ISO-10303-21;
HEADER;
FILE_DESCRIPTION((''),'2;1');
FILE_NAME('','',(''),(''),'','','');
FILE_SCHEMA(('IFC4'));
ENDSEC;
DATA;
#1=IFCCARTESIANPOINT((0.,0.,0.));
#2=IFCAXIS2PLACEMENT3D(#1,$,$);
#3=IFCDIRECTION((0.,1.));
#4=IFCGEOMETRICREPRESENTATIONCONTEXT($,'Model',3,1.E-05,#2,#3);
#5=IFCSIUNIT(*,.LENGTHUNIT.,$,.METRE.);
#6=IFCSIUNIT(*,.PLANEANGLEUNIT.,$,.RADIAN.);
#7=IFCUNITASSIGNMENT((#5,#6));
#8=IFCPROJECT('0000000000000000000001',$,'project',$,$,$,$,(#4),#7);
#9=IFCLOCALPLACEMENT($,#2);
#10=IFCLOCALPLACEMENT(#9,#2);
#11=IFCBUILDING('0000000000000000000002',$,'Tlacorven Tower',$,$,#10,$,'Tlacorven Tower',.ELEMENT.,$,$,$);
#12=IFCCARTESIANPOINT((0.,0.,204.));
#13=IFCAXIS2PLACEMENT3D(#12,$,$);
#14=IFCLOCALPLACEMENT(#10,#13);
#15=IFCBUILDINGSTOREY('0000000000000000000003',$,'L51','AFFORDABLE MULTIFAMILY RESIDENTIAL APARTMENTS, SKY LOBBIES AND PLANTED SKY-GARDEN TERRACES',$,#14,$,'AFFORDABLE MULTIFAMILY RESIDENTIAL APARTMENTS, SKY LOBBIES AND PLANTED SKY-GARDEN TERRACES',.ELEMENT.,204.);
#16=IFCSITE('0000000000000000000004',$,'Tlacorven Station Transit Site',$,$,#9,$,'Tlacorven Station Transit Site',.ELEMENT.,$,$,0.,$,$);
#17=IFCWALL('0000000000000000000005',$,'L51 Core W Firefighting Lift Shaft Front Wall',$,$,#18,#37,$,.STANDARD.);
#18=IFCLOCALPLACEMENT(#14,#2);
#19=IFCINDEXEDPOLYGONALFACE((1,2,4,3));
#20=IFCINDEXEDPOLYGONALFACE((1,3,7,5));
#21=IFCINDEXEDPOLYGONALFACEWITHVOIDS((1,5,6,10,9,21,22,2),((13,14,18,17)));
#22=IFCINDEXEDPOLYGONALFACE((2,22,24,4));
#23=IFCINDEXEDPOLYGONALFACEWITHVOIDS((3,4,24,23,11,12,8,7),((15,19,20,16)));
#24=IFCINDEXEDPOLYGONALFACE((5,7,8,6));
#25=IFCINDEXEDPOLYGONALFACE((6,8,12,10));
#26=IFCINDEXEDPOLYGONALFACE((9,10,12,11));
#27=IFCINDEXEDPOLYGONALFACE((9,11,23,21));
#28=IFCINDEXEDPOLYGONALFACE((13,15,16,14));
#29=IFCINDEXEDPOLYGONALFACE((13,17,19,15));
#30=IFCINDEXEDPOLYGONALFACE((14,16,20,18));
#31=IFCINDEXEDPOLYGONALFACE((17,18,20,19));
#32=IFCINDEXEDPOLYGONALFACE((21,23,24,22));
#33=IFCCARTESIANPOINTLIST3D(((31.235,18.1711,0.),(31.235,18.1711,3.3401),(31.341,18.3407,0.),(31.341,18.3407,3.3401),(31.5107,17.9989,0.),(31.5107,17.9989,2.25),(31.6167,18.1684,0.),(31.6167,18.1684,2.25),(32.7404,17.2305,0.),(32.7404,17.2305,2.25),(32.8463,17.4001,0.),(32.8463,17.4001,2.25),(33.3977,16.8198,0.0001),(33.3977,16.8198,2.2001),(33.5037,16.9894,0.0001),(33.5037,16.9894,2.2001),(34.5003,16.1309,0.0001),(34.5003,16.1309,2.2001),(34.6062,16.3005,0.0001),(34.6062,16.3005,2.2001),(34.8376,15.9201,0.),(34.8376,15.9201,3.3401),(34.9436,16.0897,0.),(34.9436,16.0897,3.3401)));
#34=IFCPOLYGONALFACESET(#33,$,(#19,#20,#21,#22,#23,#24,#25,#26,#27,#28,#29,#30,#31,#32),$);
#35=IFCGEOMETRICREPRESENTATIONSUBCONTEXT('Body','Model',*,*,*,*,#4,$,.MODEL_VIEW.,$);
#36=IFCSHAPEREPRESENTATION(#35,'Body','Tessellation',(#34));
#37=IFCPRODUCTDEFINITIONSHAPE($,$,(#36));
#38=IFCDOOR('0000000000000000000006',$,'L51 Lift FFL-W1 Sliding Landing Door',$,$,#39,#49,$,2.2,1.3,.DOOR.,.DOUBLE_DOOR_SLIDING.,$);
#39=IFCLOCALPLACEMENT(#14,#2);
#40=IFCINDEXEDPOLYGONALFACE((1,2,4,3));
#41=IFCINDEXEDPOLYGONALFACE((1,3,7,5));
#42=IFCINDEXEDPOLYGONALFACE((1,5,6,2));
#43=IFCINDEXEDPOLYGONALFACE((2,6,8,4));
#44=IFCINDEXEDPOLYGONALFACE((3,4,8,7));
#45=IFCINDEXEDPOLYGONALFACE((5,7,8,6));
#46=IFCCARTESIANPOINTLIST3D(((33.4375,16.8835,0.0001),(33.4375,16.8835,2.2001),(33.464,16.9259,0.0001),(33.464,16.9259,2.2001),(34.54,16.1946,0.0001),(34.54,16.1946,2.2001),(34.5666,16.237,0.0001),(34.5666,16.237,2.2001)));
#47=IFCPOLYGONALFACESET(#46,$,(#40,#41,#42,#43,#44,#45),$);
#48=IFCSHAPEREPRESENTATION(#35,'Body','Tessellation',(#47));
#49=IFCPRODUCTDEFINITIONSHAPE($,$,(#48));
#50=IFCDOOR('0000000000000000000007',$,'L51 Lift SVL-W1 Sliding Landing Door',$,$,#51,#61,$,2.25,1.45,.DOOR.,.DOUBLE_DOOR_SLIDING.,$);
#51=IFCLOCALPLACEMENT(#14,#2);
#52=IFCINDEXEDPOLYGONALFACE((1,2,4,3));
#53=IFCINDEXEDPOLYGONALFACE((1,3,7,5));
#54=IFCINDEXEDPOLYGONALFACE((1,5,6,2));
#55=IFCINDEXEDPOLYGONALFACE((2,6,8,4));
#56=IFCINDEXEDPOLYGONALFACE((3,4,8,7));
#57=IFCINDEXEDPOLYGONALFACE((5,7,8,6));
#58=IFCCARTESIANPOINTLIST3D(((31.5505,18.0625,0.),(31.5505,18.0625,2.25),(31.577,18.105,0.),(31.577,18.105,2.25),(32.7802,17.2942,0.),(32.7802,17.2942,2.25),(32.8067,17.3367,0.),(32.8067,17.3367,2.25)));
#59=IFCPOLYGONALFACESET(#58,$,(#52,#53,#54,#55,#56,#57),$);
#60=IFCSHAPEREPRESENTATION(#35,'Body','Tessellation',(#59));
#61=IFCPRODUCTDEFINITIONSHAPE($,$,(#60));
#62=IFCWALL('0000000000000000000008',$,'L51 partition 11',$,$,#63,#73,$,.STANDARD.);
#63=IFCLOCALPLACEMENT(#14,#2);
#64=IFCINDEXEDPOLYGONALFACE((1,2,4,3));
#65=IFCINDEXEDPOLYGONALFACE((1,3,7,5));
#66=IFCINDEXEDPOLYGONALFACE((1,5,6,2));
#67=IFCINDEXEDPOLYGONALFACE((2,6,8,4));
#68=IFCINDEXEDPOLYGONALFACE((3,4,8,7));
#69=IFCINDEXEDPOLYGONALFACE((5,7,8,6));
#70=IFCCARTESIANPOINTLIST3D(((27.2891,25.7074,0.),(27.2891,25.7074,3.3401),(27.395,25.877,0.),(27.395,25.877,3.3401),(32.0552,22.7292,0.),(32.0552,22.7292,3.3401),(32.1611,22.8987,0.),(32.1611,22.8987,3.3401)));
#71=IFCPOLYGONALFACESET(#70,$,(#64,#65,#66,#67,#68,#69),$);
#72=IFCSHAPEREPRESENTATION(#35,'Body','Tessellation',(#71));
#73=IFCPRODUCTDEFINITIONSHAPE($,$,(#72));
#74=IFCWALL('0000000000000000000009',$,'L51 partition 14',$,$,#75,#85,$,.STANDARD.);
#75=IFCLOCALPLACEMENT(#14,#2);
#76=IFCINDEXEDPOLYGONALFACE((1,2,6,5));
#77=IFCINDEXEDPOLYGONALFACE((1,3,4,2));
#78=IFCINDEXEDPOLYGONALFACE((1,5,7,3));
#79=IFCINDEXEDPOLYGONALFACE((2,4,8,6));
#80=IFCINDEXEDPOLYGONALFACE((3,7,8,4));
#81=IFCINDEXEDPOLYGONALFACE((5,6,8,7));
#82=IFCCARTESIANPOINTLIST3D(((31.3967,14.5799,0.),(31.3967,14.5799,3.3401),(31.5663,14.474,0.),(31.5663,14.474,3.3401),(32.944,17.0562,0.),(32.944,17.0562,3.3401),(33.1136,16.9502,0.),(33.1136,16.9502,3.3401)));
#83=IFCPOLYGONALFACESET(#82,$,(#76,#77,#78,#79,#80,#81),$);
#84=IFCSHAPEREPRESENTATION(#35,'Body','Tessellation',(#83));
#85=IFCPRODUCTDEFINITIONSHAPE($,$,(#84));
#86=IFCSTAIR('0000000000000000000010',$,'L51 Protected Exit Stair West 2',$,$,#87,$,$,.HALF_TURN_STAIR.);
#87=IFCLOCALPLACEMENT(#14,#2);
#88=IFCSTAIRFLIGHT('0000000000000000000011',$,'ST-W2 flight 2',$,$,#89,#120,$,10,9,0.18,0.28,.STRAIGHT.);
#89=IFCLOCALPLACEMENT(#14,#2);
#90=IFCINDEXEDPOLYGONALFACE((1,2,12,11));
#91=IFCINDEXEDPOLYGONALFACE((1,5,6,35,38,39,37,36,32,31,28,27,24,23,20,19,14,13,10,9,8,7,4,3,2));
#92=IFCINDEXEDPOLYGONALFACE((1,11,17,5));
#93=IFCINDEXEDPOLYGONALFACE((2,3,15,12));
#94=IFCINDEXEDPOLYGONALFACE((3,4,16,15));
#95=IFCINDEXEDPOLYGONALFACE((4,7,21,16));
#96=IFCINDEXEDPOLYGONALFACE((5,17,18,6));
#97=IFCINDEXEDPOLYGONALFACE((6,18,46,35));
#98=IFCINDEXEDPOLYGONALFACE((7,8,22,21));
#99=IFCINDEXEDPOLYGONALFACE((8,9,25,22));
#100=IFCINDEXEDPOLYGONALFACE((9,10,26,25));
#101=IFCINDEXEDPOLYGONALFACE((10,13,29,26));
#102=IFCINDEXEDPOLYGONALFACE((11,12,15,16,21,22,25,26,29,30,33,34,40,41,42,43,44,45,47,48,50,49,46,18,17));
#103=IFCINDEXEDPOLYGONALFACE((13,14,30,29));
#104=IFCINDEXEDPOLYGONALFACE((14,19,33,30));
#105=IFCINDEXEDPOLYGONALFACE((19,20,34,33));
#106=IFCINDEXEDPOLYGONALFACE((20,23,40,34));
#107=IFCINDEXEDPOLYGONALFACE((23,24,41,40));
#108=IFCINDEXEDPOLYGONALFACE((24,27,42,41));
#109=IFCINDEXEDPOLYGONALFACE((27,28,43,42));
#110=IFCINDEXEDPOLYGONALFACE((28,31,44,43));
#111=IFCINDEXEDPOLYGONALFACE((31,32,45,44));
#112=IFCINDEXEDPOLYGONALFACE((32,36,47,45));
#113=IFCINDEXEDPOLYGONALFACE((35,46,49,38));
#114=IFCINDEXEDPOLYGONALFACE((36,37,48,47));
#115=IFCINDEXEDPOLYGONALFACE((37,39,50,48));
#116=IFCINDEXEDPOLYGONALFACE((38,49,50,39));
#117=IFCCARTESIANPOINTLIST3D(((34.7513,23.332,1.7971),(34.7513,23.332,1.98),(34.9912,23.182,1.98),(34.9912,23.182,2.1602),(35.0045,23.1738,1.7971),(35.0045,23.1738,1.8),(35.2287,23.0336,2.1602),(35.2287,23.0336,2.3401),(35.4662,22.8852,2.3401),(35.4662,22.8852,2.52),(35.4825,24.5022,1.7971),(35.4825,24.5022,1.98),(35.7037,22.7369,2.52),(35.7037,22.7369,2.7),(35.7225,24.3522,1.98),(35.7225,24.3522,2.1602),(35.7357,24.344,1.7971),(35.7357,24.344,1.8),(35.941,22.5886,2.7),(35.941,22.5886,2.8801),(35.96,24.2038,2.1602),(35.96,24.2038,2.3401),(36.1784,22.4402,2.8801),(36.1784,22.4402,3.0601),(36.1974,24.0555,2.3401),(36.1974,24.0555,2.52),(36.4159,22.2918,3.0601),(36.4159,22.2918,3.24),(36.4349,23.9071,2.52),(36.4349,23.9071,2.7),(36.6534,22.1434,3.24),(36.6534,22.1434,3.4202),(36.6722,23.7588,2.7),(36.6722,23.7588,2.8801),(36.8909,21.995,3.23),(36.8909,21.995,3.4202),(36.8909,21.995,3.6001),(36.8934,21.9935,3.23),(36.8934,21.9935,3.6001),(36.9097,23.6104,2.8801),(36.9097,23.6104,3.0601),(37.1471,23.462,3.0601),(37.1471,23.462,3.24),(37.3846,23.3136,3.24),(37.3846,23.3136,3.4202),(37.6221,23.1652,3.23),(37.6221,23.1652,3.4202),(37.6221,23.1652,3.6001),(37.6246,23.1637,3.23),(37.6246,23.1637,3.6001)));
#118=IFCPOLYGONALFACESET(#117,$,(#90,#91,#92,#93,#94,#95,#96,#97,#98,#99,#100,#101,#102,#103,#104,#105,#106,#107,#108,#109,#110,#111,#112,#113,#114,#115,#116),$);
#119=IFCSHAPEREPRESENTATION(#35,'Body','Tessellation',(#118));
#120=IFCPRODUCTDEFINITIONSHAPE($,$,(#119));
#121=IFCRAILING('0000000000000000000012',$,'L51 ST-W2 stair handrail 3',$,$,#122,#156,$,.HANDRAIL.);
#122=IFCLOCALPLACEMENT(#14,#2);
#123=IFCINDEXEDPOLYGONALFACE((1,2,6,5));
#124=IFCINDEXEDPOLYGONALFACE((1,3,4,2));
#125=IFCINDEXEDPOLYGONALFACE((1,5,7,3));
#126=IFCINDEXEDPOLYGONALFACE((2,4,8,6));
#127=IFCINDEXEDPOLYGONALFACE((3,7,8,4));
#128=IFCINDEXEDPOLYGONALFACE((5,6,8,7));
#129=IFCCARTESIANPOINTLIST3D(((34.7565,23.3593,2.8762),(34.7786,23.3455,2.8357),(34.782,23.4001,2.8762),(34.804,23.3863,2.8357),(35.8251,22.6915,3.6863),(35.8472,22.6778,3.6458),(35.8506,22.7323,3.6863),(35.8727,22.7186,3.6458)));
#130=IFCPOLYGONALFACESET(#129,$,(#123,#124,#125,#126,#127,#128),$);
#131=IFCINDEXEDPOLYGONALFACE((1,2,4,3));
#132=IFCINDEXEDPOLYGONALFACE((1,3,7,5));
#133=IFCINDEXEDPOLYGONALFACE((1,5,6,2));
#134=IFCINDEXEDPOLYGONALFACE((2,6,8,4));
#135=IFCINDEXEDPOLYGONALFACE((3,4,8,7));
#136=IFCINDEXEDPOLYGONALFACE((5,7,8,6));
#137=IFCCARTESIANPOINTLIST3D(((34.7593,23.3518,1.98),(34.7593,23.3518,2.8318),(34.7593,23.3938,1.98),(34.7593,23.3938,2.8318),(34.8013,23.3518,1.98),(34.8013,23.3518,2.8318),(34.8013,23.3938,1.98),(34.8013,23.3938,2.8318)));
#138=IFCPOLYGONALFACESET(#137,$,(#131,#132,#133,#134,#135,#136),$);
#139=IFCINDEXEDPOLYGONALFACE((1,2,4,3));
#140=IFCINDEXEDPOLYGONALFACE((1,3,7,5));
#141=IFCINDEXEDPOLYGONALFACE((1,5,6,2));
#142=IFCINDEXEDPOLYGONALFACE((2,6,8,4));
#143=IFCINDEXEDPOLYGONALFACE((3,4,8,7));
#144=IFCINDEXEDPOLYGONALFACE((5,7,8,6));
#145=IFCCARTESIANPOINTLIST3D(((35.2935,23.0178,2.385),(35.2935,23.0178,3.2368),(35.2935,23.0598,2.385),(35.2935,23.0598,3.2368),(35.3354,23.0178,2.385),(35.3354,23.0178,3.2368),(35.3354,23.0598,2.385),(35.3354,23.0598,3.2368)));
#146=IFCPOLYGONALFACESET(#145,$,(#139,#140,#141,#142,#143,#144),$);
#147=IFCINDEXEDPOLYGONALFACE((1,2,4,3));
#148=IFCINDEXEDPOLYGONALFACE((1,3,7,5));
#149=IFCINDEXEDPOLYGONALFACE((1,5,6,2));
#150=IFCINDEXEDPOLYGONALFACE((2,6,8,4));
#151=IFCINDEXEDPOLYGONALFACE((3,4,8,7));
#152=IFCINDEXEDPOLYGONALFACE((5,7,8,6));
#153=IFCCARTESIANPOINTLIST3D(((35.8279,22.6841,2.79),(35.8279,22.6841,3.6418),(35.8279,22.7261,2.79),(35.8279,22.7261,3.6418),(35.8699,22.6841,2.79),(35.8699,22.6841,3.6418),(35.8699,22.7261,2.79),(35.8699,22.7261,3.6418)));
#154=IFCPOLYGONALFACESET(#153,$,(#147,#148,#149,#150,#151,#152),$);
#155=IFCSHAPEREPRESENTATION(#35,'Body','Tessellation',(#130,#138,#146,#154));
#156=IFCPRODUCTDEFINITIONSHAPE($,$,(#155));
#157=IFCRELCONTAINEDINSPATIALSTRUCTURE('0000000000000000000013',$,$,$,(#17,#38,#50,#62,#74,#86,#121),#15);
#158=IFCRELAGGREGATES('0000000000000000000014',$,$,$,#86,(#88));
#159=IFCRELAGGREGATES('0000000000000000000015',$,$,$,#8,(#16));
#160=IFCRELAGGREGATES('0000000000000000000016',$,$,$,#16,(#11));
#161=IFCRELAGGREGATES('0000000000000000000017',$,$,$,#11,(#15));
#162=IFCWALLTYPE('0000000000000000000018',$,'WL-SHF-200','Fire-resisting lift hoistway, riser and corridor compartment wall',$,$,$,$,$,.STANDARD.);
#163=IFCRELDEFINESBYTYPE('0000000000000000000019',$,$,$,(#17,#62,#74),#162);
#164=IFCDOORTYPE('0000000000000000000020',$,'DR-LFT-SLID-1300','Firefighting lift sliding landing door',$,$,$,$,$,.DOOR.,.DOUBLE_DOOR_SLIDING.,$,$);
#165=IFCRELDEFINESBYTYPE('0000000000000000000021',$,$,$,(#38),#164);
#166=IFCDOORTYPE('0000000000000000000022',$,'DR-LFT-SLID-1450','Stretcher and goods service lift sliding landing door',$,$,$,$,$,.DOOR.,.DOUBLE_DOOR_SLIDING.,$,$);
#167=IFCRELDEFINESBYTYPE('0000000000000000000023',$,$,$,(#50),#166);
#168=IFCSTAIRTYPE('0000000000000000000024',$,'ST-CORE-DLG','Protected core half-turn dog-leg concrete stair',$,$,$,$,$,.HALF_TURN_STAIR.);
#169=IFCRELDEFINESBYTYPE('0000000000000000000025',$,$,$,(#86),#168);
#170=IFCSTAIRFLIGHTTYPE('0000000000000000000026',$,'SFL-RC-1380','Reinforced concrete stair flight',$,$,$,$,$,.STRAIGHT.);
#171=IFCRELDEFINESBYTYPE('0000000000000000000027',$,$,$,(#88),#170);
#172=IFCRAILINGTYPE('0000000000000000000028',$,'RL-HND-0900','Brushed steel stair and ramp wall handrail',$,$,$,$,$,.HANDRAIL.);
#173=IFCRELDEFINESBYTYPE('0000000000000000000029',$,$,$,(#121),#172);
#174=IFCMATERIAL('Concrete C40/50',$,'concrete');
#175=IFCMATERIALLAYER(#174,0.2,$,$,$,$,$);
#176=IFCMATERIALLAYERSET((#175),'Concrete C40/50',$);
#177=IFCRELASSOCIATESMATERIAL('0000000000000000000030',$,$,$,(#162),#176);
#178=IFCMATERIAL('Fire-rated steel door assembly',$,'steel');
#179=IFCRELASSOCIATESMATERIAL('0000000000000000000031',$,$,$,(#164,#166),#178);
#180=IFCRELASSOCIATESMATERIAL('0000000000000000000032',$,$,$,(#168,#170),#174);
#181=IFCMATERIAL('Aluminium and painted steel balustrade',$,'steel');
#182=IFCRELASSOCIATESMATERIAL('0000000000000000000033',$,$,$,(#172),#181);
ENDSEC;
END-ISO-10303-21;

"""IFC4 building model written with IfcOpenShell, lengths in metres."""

from ifc_helpers import new_model, si_unit, direction, frame, frame_2d, origin, origin_2d, place, context, subcontext, project, spatial, polyline, rectangle, outline, extrude, source, transform, mapped, material, layer, layer_set, type_object, element, fill, aggregate, save


model = new_model("IFC4")

# Units and contexts
model_context = context("Model", 3, precision=1e-05, world=origin(), true_north=direction((0.0, 1.0)))
body_context = subcontext(model_context, "Body", "Model", "MODEL_VIEW")
ifc_project = project(units=[si_unit("LENGTHUNIT", "METRE"), si_unit("PLANEANGLEUNIT", "RADIAN")], contexts=[model_context])

# Site, building, storey
site_placement = place(None, origin())
site = spatial("IfcSite", under=ifc_project, at=site_placement, Name="Tlacorven Station Transit Site", LongName="Tlacorven Station Transit Site", CompositionType="ELEMENT", RefElevation=0.0)
building_placement = place(site_placement, origin())
building = spatial("IfcBuilding", under=site, at=building_placement, Name="Tlacorven Tower", LongName="Tlacorven Tower", CompositionType="ELEMENT")
storey_placement = place(building_placement, frame((0.0, 0.0, 204.0)))
storey = spatial("IfcBuildingStorey", under=building, at=storey_placement, Name="L51", Description="AFFORDABLE MULTIFAMILY RESIDENTIAL APARTMENTS, SKY LOBBIES AND PLANTED SKY-GARDEN TERRACES", LongName="AFFORDABLE MULTIFAMILY RESIDENTIAL APARTMENTS, SKY LOBBIES AND PLANTED SKY-GARDEN TERRACES", CompositionType="ELEMENT", Elevation=204.0)

# Shared definitions
ifc_material_1 = material(Name="Fire-rated steel door assembly", Category="steel")

# Wall, openings, doors
ifc_material_2 = material(Name="Concrete C40/50", Category="concrete")
ifc_layer_1 = layer(ifc_material_2, 0.2)
ifc_layer_set_1 = layer_set([ifc_layer_1], Name="Concrete C40/50")
wall_type_1 = type_object("IfcWallType", Name="WL-SHF-200", Description="Fire-resisting lift hoistway, riser and corridor compartment wall", PredefinedType="STANDARD", material=ifc_layer_set_1)
wall_1_placement = place(storey_placement, frame((34.8906, 16.0049, 0.0), z_axis=(0.0, 0.0, 1.0), x_axis=(-0.848063, 0.529896, 0.0)))
wall_1 = element("IfcWall", 1, at=wall_1_placement, inside=storey, type_object=wall_type_1, Name="L51 Core W Firefighting Lift Shaft Front Wall", PredefinedType="STANDARD", context=body_context, shape_type="SweptSolid", body=[
    extrude(rectangle(XDim=4.248, YDim=0.2, at=frame_2d((2.124, 0.0))), origin(), (0.0, 0.0, 1.0), 3.3401),
])
opening_1_placement = place(wall_1_placement, frame((0.3979, 0.0, 0.0)))
opening_1 = element("IfcOpeningElement", 2, at=opening_1_placement, cuts=wall_1, PredefinedType="OPENING", context=body_context, shape_type="SweptSolid", body=[
    extrude(rectangle(XDim=1.3, YDim=2.2, at=frame_2d((0.6499, 1.1001))), frame((0.0, 0.1099, 0.0), z_axis=(0.0, -1.0, 0.0), x_axis=(1.0, 0.0, 0.0)), (0.0, 0.0, 1.0), 0.22),
])
opening_2_placement = place(wall_1_placement, frame((2.4729, 0.0, 0.0)))
opening_2 = element("IfcOpeningElement", 3, at=opening_2_placement, cuts=wall_1, PredefinedType="OPENING", context=body_context, shape_type="SweptSolid", body=[
    extrude(rectangle(XDim=1.45, YDim=2.25, at=frame_2d((0.7251, 1.125))), frame((0.0, 0.1099, 0.0), z_axis=(0.0, -1.0, 0.0), x_axis=(1.0, 0.0, 0.0)), (0.0, 0.0, 1.0), 0.22),
])
door_type_1 = type_object("IfcDoorType", Name="DR-LFT-SLID-1300", Description="Firefighting lift sliding landing door", OperationType="DOUBLE_DOOR_SLIDING", PredefinedType="DOOR", material=ifc_material_1)
shared_shape_1 = source(origin(), body_context, "Body", "SweptSolid", [
    extrude(rectangle(XDim=1.3, YDim=2.2, at=frame_2d((0.6499, 1.1001))), frame((0.0, 0.0249, 0.0), z_axis=(0.0, -1.0, 0.0), x_axis=(1.0, 0.0, 0.0)), (0.0, 0.0, 1.0), 0.05),
])
door_1_placement = place(opening_1_placement, origin())
door_1 = element("IfcDoor", 4, at=door_1_placement, inside=storey, type_object=door_type_1, Name="L51 Lift FFL-W1 Sliding Landing Door", OperationType="DOUBLE_DOOR_SLIDING", OverallHeight=2.2, OverallWidth=1.3, PredefinedType="DOOR", context=body_context, shape_type="MappedRepresentation", body=[
    mapped(shared_shape_1, transform((0.0, 0.0, 0.0), scale=1.0)),
])
fill(opening_1, door_1)
door_type_2 = type_object("IfcDoorType", Name="DR-LFT-SLID-1450", Description="Stretcher and goods service lift sliding landing door", OperationType="DOUBLE_DOOR_SLIDING", PredefinedType="DOOR", material=ifc_material_1)
shared_shape_2 = source(origin(), body_context, "Body", "SweptSolid", [
    extrude(rectangle(XDim=1.45, YDim=2.25, at=frame_2d((0.7251, 1.125))), frame((0.0, 0.0249, 0.0), z_axis=(0.0, -1.0, 0.0), x_axis=(1.0, 0.0, 0.0)), (0.0, 0.0, 1.0), 0.05),
])
door_2_placement = place(opening_2_placement, origin())
door_2 = element("IfcDoor", 5, at=door_2_placement, inside=storey, type_object=door_type_2, Name="L51 Lift SVL-W1 Sliding Landing Door", OperationType="DOUBLE_DOOR_SLIDING", OverallHeight=2.25, OverallWidth=1.45, PredefinedType="DOOR", context=body_context, shape_type="MappedRepresentation", body=[
    mapped(shared_shape_2, transform((0.0, 0.0, 0.0), scale=1.0)),
])
fill(opening_2, door_2)

# Walls
wall_2_placement = place(storey_placement, frame((32.1082, 22.814, 0.0), z_axis=(0.0, 0.0, 1.0), x_axis=(-0.848042, 0.529929, 0.0)))
element("IfcWall", 6, at=wall_2_placement, inside=storey, type_object=wall_type_1, Name="L51 partition 11", PredefinedType="STANDARD", context=body_context, shape_type="SweptSolid", body=[
    extrude(rectangle(XDim=5.6201, YDim=0.2, at=frame_2d((2.8101, 0.0))), origin(), (0.0, 0.0, 1.0), 3.3401),
])
wall_3_placement = place(storey_placement, frame((33.0288, 17.0032, 0.0), z_axis=(0.0, 0.0, 1.0), x_axis=(-0.529916, -0.84805, 0.0)))
element("IfcWall", 7, at=wall_3_placement, inside=storey, type_object=wall_type_1, Name="L51 partition 14", PredefinedType="STANDARD", context=body_context, shape_type="SweptSolid", body=[
    extrude(rectangle(XDim=2.9199, YDim=0.2, at=frame_2d((1.46, 0.0))), origin(), (0.0, 0.0, 1.0), 3.3401),
])

# Stair, stair flight
stair_type = type_object("IfcStairType", Name="ST-CORE-DLG", Description="Protected core half-turn dog-leg concrete stair", PredefinedType="HALF_TURN_STAIR", material=ifc_material_2)
stair_placement = place(storey_placement, origin())
stair = element("IfcStair", 8, at=stair_placement, inside=storey, type_object=stair_type, Name="L51 Protected Exit Stair West 2", PredefinedType="HALF_TURN_STAIR")
stair_flight_type = type_object("IfcStairFlightType", Name="SFL-RC-1380", Description="Reinforced concrete stair flight", PredefinedType="STRAIGHT", material=ifc_material_2)
shared_shape_3 = source(origin(), body_context, "Body", "SweptSolid", [
    extrude(outline(polyline([(-0.0029, -0.0029), (-0.0029, 0.1799), (0.28, 0.1799), (0.28, 0.3601), (0.5601, 0.3601), (0.5601, 0.54), (0.8401, 0.54), (0.8401, 0.72), (1.1201, 0.72), (1.1201, 0.8999), (1.3999, 0.8999), (1.3999, 1.0801), (1.6799, 1.0801), (1.6799, 1.26), (1.96, 1.26), (1.96, 1.4399), (2.24, 1.4399), (2.24, 1.6201), (2.52, 1.6201), (2.52, 1.8), (2.5229, 1.8), (2.5229, 1.4299), (2.52, 1.4299), (0.2957, 0.0), (0.2957, -0.0029), (-0.0029, -0.0029)])), frame((0.0, 0.6899, 0.0), z_axis=(0.0, -1.0, 0.0), x_axis=(1.0, 0.0, 0.0)), (0.0, 0.0, 1.0), 1.3799),
])
stair_flight_placement = place(storey_placement, frame((35.1194, 23.9155, 1.8), z_axis=(0.0, 0.0, 1.0), x_axis=(0.848048, -0.529919, 0.0)))
stair_flight = element("IfcStairFlight", 9, at=stair_flight_placement, type_object=stair_flight_type, Name="ST-W2 flight 2", NumberOfRisers=10, NumberOfTreads=9, PredefinedType="STRAIGHT", RiserHeight=0.18, TreadLength=0.28, context=body_context, shape_type="MappedRepresentation", body=[
    mapped(shared_shape_3, transform((0.0, 0.0, 0.0), scale=1.0)),
])
aggregate(stair, [stair_flight])

# Railing
ifc_material_3 = material(Name="Aluminium and painted steel balustrade", Category="steel")
railing_type = type_object("IfcRailingType", Name="RL-HND-0900", Description="Brushed steel stair and ramp wall handrail", PredefinedType="HANDRAIL", material=ifc_material_3)
shared_shape_4 = source(origin(), body_context, "Body", "SweptSolid", [
    extrude(rectangle(XDim=0.0481, YDim=0.0481, at=origin_2d()), frame((0.0, 0.0, 0.876), z_axis=(0.71336, -0.445748, 0.540765), x_axis=(0.529912, 0.848053, 0.0)), (0.0, 0.0, 1.0), 1.498),
    extrude(rectangle(XDim=0.042, YDim=0.042, at=origin_2d()), origin(), (0.0, 0.0, 1.0), 0.8518),
    extrude(rectangle(XDim=0.042, YDim=0.042, at=origin_2d()), frame((0.5342, -0.334, 0.405)), (0.0, 0.0, 1.0), 0.8518),
    extrude(rectangle(XDim=0.042, YDim=0.042, at=origin_2d()), frame((1.0686, -0.6677, 0.8101)), (0.0, 0.0, 1.0), 0.8518),
])
railing_placement = place(storey_placement, frame((34.7803, 23.3728, 1.98)))
element("IfcRailing", 10, at=railing_placement, inside=storey, type_object=railing_type, Name="L51 ST-W2 stair handrail 3", PredefinedType="HANDRAIL", context=body_context, shape_type="MappedRepresentation", body=[
    mapped(shared_shape_4, transform((0.0, 0.0, 0.0), scale=1.0)),
])

save(model, "model.ifc")
